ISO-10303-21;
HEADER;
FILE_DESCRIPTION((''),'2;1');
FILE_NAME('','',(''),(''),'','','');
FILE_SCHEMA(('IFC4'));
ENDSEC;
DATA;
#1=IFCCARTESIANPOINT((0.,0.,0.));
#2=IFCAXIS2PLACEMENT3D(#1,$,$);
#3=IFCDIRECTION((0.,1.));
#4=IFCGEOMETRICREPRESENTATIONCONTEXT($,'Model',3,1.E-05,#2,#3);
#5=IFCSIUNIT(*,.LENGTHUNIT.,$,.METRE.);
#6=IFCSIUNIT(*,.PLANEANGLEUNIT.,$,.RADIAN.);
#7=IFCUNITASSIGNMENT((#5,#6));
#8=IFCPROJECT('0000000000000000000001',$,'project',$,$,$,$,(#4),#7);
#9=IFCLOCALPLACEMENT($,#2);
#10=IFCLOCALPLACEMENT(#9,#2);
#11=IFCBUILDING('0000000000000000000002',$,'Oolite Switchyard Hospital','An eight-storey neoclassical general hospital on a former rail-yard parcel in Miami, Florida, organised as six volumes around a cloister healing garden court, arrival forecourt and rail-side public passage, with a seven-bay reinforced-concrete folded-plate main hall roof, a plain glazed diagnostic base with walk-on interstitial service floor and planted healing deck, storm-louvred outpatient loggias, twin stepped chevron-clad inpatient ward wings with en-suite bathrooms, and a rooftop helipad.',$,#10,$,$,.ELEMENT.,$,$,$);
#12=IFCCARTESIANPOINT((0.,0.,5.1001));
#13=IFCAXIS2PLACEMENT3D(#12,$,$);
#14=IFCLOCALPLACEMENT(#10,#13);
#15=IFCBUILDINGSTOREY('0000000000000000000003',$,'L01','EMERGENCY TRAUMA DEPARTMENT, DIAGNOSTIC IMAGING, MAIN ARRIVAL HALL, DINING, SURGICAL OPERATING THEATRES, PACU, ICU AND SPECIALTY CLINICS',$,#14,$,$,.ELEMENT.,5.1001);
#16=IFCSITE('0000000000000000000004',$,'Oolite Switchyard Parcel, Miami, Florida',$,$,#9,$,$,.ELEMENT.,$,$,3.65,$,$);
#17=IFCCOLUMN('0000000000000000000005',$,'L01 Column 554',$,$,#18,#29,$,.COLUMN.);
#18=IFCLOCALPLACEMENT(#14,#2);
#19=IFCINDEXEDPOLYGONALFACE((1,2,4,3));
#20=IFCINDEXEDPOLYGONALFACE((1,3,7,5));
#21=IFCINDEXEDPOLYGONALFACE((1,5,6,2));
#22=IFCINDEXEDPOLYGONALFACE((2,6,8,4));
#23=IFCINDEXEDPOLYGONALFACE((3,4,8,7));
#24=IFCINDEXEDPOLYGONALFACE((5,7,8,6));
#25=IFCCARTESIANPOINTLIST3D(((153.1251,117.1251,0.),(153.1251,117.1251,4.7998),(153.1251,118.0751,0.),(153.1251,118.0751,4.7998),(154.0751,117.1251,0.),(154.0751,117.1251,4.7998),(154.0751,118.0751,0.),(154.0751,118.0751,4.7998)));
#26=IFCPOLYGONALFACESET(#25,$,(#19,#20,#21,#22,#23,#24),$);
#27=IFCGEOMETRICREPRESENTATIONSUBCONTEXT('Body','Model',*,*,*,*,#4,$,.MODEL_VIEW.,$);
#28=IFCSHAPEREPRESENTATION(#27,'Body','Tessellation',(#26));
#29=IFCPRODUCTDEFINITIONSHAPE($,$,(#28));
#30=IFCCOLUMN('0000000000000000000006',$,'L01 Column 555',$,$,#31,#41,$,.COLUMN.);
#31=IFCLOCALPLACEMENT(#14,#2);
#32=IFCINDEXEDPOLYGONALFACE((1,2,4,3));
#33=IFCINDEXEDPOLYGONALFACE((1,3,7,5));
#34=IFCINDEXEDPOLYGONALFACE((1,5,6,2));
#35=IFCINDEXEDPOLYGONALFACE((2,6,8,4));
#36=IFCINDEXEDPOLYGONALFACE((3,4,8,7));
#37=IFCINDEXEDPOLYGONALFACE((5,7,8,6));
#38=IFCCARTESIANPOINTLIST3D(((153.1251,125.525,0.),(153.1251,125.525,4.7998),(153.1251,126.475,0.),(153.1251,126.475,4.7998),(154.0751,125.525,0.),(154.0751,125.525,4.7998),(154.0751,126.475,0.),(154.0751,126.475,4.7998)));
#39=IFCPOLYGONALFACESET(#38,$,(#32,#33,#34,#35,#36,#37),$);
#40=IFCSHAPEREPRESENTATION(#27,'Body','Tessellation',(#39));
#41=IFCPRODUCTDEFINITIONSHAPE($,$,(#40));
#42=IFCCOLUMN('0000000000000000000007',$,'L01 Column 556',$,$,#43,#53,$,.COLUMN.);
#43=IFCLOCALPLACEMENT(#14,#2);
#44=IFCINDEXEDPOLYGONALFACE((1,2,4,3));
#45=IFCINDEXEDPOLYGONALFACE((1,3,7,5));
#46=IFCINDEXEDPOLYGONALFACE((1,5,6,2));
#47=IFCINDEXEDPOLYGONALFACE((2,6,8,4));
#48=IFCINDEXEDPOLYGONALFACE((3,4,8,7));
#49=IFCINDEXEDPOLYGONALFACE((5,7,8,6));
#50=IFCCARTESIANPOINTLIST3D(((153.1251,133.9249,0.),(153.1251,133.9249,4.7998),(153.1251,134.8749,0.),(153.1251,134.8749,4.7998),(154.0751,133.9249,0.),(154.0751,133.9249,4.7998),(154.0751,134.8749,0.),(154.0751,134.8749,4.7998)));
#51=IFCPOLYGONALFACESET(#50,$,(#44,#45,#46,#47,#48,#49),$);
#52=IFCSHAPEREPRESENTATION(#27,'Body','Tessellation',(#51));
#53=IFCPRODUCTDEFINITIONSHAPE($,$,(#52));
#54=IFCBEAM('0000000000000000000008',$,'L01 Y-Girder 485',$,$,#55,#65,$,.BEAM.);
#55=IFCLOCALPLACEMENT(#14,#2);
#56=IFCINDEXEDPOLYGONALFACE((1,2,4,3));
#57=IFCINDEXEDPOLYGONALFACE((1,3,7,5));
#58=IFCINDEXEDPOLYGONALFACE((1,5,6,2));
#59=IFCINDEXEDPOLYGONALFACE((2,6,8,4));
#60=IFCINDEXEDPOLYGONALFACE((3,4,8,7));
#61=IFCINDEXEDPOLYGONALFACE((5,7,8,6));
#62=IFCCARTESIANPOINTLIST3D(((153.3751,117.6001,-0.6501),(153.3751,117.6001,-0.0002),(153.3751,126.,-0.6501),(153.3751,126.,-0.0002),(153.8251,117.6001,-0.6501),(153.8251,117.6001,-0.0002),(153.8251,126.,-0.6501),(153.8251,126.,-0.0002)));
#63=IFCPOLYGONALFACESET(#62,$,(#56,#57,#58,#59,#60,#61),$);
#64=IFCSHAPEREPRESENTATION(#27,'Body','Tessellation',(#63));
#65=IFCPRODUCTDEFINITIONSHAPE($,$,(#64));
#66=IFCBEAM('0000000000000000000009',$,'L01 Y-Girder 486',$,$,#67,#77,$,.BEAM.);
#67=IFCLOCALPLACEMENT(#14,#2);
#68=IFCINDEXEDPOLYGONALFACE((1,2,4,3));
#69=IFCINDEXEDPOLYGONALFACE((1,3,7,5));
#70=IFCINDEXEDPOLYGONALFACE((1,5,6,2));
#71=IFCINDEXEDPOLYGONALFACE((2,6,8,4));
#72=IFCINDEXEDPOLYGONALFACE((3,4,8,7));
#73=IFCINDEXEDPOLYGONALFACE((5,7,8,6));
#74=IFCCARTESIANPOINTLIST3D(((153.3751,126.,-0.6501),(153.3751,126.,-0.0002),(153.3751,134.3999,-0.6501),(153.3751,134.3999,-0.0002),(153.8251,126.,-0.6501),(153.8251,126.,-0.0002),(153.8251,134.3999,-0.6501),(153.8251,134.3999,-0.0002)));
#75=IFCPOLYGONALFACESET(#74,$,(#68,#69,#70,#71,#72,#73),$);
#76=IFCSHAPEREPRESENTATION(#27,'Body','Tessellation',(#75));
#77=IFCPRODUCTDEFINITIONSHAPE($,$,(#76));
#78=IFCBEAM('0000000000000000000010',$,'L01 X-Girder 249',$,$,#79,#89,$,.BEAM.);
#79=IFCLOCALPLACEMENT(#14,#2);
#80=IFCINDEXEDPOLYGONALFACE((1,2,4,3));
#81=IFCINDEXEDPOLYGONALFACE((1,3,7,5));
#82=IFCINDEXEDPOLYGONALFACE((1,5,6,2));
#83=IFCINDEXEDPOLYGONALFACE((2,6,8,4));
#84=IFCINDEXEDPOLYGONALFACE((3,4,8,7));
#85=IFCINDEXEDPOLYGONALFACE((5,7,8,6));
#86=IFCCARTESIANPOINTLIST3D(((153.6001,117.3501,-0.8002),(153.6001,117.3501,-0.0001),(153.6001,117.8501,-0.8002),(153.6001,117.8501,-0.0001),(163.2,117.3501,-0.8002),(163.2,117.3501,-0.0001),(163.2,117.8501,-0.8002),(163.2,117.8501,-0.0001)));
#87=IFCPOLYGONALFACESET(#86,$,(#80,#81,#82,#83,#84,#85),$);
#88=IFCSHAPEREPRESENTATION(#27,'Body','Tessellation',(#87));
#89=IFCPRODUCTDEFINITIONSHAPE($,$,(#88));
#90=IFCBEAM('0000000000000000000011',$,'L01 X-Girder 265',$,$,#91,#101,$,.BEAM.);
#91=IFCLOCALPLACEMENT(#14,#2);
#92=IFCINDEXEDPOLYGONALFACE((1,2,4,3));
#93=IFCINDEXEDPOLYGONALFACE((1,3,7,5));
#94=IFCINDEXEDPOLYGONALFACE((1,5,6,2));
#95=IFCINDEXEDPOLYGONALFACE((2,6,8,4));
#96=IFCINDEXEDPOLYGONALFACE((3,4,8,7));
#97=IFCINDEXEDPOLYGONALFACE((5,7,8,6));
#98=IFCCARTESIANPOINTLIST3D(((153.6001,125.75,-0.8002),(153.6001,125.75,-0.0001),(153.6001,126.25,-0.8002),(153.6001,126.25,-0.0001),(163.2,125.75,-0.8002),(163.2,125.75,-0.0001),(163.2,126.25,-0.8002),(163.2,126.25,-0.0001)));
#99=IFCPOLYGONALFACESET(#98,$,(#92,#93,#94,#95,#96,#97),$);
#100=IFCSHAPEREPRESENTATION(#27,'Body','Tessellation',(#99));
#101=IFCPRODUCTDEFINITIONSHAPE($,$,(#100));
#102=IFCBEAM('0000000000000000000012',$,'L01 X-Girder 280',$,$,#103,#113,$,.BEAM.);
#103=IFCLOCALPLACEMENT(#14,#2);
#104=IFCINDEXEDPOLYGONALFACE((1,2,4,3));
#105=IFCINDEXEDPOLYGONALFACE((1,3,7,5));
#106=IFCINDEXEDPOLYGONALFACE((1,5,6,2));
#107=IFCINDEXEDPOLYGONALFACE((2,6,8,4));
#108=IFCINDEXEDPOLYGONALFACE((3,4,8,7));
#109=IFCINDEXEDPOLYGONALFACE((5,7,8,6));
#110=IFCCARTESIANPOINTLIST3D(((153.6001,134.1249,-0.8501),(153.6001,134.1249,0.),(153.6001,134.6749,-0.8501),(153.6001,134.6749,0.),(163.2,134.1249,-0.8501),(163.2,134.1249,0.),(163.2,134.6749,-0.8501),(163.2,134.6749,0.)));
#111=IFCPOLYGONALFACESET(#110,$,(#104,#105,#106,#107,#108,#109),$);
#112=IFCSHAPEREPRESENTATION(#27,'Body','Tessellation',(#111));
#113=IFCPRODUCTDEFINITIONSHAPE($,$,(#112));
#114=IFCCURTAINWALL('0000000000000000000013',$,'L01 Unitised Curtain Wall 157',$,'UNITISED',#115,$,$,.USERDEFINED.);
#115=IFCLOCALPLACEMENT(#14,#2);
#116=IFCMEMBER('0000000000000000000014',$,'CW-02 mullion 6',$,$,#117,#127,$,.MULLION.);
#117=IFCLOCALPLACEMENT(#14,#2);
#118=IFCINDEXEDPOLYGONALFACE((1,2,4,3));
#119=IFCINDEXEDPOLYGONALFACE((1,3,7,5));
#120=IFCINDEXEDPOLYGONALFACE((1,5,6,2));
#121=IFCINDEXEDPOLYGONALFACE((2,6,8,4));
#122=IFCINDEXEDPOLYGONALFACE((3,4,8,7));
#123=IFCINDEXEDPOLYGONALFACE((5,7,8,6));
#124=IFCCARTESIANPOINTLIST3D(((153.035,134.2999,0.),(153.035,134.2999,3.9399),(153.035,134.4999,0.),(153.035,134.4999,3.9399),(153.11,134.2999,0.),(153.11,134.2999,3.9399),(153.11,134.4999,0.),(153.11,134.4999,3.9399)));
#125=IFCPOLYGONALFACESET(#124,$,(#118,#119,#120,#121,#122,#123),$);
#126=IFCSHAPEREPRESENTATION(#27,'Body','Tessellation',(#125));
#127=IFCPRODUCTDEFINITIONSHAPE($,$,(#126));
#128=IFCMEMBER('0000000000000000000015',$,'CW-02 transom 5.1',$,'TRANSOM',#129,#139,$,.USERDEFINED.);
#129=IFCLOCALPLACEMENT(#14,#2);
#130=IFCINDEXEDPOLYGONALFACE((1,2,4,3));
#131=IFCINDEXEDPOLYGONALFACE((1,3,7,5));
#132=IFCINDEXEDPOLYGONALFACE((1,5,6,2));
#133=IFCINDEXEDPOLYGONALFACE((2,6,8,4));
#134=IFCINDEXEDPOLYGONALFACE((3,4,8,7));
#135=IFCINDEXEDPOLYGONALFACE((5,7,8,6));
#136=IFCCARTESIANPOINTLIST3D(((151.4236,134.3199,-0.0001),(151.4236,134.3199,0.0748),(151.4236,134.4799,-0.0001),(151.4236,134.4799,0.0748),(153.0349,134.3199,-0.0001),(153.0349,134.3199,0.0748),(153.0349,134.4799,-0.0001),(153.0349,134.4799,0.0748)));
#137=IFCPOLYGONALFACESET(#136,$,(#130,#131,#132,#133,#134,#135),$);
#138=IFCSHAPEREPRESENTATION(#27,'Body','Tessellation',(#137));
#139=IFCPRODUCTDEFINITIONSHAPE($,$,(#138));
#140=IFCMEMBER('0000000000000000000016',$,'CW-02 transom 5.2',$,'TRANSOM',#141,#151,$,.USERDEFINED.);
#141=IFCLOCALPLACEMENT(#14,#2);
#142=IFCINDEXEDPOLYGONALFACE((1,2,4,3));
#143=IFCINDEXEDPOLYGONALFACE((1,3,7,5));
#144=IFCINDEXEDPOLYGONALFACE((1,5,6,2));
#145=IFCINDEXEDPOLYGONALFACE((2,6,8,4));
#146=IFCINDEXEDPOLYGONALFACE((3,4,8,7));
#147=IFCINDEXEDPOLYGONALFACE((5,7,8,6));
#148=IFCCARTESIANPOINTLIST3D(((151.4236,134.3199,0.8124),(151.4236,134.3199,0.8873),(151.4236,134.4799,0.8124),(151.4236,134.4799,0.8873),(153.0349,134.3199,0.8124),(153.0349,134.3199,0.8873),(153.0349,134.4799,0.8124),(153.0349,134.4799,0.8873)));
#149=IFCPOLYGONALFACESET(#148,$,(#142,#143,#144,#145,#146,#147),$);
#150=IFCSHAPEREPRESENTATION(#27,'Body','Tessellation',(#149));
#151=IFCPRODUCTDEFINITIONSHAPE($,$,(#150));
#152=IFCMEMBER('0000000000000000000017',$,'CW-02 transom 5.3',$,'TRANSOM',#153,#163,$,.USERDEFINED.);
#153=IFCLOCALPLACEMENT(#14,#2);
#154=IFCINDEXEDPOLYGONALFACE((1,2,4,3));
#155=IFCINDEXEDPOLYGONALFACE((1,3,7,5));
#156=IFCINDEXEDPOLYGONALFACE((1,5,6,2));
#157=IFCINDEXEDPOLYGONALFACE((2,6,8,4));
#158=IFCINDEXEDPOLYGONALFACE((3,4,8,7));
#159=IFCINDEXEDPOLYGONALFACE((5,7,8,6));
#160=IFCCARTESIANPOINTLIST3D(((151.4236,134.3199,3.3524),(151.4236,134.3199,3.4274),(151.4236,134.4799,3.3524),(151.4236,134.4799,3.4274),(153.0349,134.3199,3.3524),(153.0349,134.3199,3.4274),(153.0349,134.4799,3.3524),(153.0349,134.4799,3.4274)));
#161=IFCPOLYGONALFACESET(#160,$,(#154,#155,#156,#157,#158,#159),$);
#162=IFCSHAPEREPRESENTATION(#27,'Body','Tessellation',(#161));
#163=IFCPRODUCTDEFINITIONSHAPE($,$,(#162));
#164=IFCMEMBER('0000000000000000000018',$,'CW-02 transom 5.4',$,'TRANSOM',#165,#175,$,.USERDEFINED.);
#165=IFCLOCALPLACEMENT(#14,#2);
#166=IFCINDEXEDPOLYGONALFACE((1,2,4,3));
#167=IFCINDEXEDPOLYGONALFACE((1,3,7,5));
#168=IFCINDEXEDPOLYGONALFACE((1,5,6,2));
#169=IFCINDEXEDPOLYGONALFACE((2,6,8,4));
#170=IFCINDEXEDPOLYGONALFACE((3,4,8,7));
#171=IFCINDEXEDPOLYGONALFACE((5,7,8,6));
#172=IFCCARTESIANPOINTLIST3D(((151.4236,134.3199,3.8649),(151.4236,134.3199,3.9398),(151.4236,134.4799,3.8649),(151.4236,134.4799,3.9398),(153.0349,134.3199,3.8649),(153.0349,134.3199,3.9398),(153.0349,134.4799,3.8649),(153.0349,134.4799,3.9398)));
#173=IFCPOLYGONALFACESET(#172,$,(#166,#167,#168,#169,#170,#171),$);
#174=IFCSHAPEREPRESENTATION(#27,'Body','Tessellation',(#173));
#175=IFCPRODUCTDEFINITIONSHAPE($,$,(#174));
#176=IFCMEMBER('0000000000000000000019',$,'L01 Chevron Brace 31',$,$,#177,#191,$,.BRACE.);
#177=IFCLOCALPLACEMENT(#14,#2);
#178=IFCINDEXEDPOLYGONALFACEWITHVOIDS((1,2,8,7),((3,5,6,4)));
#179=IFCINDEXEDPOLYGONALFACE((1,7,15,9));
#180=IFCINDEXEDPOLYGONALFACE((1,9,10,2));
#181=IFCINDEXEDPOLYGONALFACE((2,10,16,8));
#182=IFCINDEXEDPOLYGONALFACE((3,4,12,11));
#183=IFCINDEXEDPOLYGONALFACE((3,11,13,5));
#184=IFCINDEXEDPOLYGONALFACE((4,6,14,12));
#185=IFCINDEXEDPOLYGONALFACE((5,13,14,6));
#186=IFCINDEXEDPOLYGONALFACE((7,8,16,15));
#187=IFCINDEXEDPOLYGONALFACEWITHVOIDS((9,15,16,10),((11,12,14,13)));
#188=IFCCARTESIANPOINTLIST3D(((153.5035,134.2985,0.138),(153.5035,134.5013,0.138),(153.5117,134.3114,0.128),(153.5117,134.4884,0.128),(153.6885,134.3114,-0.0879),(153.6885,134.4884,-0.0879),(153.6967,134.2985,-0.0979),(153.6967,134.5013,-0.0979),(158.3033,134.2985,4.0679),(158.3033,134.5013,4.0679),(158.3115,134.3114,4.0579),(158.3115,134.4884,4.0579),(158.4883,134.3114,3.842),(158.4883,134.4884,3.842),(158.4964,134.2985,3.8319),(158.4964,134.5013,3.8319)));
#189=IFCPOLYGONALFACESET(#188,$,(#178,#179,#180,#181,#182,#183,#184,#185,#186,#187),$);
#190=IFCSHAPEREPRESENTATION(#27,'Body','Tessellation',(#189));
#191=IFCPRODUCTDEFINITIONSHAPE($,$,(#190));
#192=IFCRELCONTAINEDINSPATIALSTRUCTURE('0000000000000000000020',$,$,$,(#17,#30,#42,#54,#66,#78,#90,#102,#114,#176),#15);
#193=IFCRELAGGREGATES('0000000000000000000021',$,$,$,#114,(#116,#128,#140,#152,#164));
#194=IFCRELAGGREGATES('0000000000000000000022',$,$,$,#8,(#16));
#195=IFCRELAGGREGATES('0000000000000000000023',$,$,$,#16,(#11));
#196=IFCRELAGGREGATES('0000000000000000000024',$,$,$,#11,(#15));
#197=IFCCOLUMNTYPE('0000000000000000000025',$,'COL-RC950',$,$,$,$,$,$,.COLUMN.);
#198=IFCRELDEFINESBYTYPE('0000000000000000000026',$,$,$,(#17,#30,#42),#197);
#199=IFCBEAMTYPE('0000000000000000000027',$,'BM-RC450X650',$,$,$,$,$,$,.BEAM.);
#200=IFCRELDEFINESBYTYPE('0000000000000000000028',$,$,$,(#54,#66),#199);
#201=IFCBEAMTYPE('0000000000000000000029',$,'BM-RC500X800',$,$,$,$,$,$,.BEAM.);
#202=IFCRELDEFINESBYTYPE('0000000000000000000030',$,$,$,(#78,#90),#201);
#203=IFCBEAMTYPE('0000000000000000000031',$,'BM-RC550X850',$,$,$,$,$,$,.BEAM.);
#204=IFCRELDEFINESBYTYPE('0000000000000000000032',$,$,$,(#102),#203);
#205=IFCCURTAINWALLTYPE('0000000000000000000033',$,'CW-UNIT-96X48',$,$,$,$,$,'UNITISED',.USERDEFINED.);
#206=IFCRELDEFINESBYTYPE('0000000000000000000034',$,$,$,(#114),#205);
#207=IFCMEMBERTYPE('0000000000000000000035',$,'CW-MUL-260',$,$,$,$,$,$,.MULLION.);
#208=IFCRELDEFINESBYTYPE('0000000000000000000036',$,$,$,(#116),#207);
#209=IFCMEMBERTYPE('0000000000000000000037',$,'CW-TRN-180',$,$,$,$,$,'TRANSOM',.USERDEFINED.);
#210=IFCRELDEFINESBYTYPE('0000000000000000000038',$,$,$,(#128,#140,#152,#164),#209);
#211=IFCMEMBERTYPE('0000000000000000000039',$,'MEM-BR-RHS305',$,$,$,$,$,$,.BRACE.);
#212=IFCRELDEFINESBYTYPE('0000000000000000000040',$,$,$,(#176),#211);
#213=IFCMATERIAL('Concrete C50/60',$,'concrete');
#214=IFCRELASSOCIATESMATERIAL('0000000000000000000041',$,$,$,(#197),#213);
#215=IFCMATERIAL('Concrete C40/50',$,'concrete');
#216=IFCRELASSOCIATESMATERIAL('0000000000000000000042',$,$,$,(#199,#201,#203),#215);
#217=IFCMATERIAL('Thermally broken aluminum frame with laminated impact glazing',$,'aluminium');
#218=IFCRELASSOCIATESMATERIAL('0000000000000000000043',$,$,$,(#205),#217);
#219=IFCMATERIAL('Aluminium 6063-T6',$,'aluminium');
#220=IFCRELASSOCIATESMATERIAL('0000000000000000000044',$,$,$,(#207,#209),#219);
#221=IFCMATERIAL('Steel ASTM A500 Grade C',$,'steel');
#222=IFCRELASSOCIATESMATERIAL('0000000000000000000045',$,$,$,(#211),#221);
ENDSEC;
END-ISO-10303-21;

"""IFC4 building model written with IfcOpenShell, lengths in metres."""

from ifc_helpers import new_model, si_unit, direction, frame, origin, origin_2d, place, context, subcontext, project, spatial, rectangle, hollow_rectangle, extrude, material, material_profile, profile_set, type_object, element, aggregate, save


model = new_model("IFC4")

# Units and contexts
model_context = context("Model", 3, precision=1e-05, world=origin(), true_north=direction((0.0, 1.0)))
body_context = subcontext(model_context, "Body", "Model", "MODEL_VIEW")
ifc_project = project(units=[si_unit("LENGTHUNIT", "METRE"), si_unit("PLANEANGLEUNIT", "RADIAN")], contexts=[model_context])

# Site, building, storey
site_placement = place(None, origin())
site = spatial("IfcSite", under=ifc_project, at=site_placement, Name="Oolite Switchyard Parcel, Miami, Florida", CompositionType="ELEMENT", RefElevation=3.65)
building_placement = place(site_placement, origin())
building = spatial("IfcBuilding", under=site, at=building_placement, Name="Oolite Switchyard Hospital", Description="An eight-storey neoclassical general hospital on a former rail-yard parcel in Miami, Florida, organised as six volumes around a cloister healing garden court, arrival forecourt and rail-side public passage, with a seven-bay reinforced-concrete folded-plate main hall roof, a plain glazed diagnostic base with walk-on interstitial service floor and planted healing deck, storm-louvred outpatient loggias, twin stepped chevron-clad inpatient ward wings with en-suite bathrooms, and a rooftop helipad.", CompositionType="ELEMENT")
storey_placement = place(building_placement, frame((0.0, 0.0, 5.1001)))
storey = spatial("IfcBuildingStorey", under=building, at=storey_placement, Name="L01", Description="EMERGENCY TRAUMA DEPARTMENT, DIAGNOSTIC IMAGING, MAIN ARRIVAL HALL, DINING, SURGICAL OPERATING THEATRES, PACU, ICU AND SPECIALTY CLINICS", CompositionType="ELEMENT", Elevation=5.1001)

# Columns
ifc_material_1 = material(Name="Concrete C50/60", Category="concrete")
ifc_material_profile_1 = material_profile(ifc_material_1, rectangle(XDim=0.95, YDim=0.95, at=origin_2d()), Name="RC950X950")
ifc_profile_set_1 = profile_set([ifc_material_profile_1], Name="Concrete C50/60")
column_type = type_object("IfcColumnType", Name="COL-RC950", PredefinedType="COLUMN", material=ifc_profile_set_1)
for number, where, z_axis, x_axis, name in (
    (1, (153.6001, 117.6001, 0.0), (0.0, 0.0, 1.0), (1.0, 0.0, 0.0), "L01 Column 554"),
    (2, (153.6001, 126.0, 0.0), (0.0, 0.0, 1.0), (1.0, 0.0, 0.0), "L01 Column 555"),
    (3, (153.6001, 134.3999, 0.0), (0.0, 0.0, 1.0), (1.0, 0.0, 0.0), "L01 Column 556"),
):
    element("IfcColumn", number, at=place(storey_placement, frame(where, z_axis=z_axis, x_axis=x_axis)), inside=storey, type_object=column_type, Name=name, PredefinedType="COLUMN", context=body_context, shape_type="SweptSolid", body=[
        extrude(rectangle(XDim=0.95, YDim=0.95, at=origin_2d()), origin(), (0.0, 0.0, 1.0), 4.7998),
    ])

# Beams
ifc_material_2 = material(Name="Concrete C40/50", Category="concrete")
ifc_material_profile_2 = material_profile(ifc_material_2, rectangle(XDim=0.45, YDim=0.6499, at=origin_2d()), Name="RCB450X650")
ifc_profile_set_2 = profile_set([ifc_material_profile_2], Name="Concrete C40/50")
beam_type_1 = type_object("IfcBeamType", Name="BM-RC450X650", PredefinedType="BEAM", material=ifc_profile_set_2)
for number, where, z_axis, x_axis, name in (
    (4, (153.6001, 117.6001, -0.3252), (0.0, 1.0, 0.0), (-1.0, 0.0, 0.0), "L01 Y-Girder 485"),
    (5, (153.6001, 126.0, -0.3252), (0.0, 1.0, 0.0), (-1.0, 0.0, 0.0), "L01 Y-Girder 486"),
):
    element("IfcBeam", number, at=place(storey_placement, frame(where, z_axis=z_axis, x_axis=x_axis)), inside=storey, type_object=beam_type_1, Name=name, PredefinedType="BEAM", context=body_context, shape_type="SweptSolid", body=[
        extrude(rectangle(XDim=0.45, YDim=0.6499, at=origin_2d()), origin(), (0.0, 0.0, 1.0), 8.3999),
    ])
ifc_material_profile_3 = material_profile(ifc_material_2, rectangle(XDim=0.5, YDim=0.8, at=origin_2d()), Name="RCB500X800")
ifc_profile_set_3 = profile_set([ifc_material_profile_3], Name="Concrete C40/50")
beam_type_2 = type_object("IfcBeamType", Name="BM-RC500X800", PredefinedType="BEAM", material=ifc_profile_set_3)
for number, where, z_axis, x_axis, name in (
    (6, (153.6001, 117.6001, -0.4001), (1.0, 0.0, 0.0), (0.0, 1.0, 0.0), "L01 X-Girder 249"),
    (7, (153.6001, 126.0, -0.4001), (1.0, 0.0, 0.0), (0.0, 1.0, 0.0), "L01 X-Girder 265"),
):
    element("IfcBeam", number, at=place(storey_placement, frame(where, z_axis=z_axis, x_axis=x_axis)), inside=storey, type_object=beam_type_2, Name=name, PredefinedType="BEAM", context=body_context, shape_type="SweptSolid", body=[
        extrude(rectangle(XDim=0.5, YDim=0.8, at=origin_2d()), origin(), (0.0, 0.0, 1.0), 9.5999),
    ])
ifc_material_profile_4 = material_profile(ifc_material_2, rectangle(XDim=0.55, YDim=0.8501, at=origin_2d()), Name="RCB550X850")
ifc_profile_set_4 = profile_set([ifc_material_profile_4], Name="Concrete C40/50")
beam_type_3 = type_object("IfcBeamType", Name="BM-RC550X850", PredefinedType="BEAM", material=ifc_profile_set_4)
beam_placement = place(storey_placement, frame((153.6001, 134.3999, -0.425), z_axis=(1.0, 0.0, 0.0), x_axis=(0.0, 1.0, 0.0)))
element("IfcBeam", 8, at=beam_placement, inside=storey, type_object=beam_type_3, Name="L01 X-Girder 280", PredefinedType="BEAM", context=body_context, shape_type="SweptSolid", body=[
    extrude(rectangle(XDim=0.55, YDim=0.8501, at=origin_2d()), origin(), (0.0, 0.0, 1.0), 9.5999),
])

# Curtain wall, members
ifc_material_3 = material(Name="Thermally broken aluminum frame with laminated impact glazing", Category="aluminium")
curtain_wall_type = type_object("IfcCurtainWallType", Name="CW-UNIT-96X48", ElementType="UNITISED", PredefinedType="USERDEFINED", material=ifc_material_3)
curtain_wall_placement = place(storey_placement, origin())
curtain_wall = element("IfcCurtainWall", 9, at=curtain_wall_placement, inside=storey, type_object=curtain_wall_type, Name="L01 Unitised Curtain Wall 157", ObjectType="UNITISED", PredefinedType="USERDEFINED")
ifc_material_4 = material(Name="Aluminium 6063-T6", Category="aluminium")
ifc_material_profile_5 = material_profile(ifc_material_4, rectangle(XDim=0.2, YDim=0.075, at=origin_2d()), Name="CWM75X200")
ifc_profile_set_5 = profile_set([ifc_material_profile_5], Name="Aluminium 6063-T6")
member_type_1 = type_object("IfcMemberType", Name="CW-MUL-260", PredefinedType="MULLION", material=ifc_profile_set_5)
member_1_placement = place(storey_placement, frame((153.0725, 134.3999, 0.0), z_axis=(0.0, 0.0, 1.0), x_axis=(0.0, 1.0, 0.0)))
member_1 = element("IfcMember", 10, at=member_1_placement, type_object=member_type_1, Name="CW-02 mullion 6", PredefinedType="MULLION", context=body_context, shape_type="SweptSolid", body=[
    extrude(rectangle(XDim=0.2, YDim=0.075, at=origin_2d()), origin(), (0.0, 0.0, 1.0), 3.9399),
])
ifc_material_profile_6 = material_profile(ifc_material_4, rectangle(XDim=0.1599, YDim=0.075, at=origin_2d()), Name="CWT75X160")
ifc_profile_set_6 = profile_set([ifc_material_profile_6], Name="Aluminium 6063-T6")
member_type_2 = type_object("IfcMemberType", Name="CW-TRN-180", ElementType="TRANSOM", PredefinedType="USERDEFINED", material=ifc_profile_set_6)
member_2_placement = place(storey_placement, frame((151.4236, 134.3999, 0.0374), z_axis=(1.0, 0.0, 0.0), x_axis=(0.0, 1.0, 0.0)))
member_2 = element("IfcMember", 11, at=member_2_placement, type_object=member_type_2, Name="CW-02 transom 5.1", ObjectType="TRANSOM", PredefinedType="USERDEFINED", context=body_context, shape_type="SweptSolid", body=[
    extrude(rectangle(XDim=0.1599, YDim=0.075, at=origin_2d()), origin(), (0.0, 0.0, 1.0), 1.6113),
])
member_3_placement = place(storey_placement, frame((151.4236, 134.3999, 0.8499), z_axis=(1.0, 0.0, 0.0), x_axis=(0.0, 1.0, 0.0)))
member_3 = element("IfcMember", 12, at=member_3_placement, type_object=member_type_2, Name="CW-02 transom 5.2", ObjectType="TRANSOM", PredefinedType="USERDEFINED", context=body_context, shape_type="SweptSolid", body=[
    extrude(rectangle(XDim=0.1599, YDim=0.075, at=origin_2d()), origin(), (0.0, 0.0, 1.0), 1.6113),
])
member_4_placement = place(storey_placement, frame((151.4236, 134.3999, 3.3899), z_axis=(1.0, 0.0, 0.0), x_axis=(0.0, 1.0, 0.0)))
member_4 = element("IfcMember", 13, at=member_4_placement, type_object=member_type_2, Name="CW-02 transom 5.3", ObjectType="TRANSOM", PredefinedType="USERDEFINED", context=body_context, shape_type="SweptSolid", body=[
    extrude(rectangle(XDim=0.1599, YDim=0.075, at=origin_2d()), origin(), (0.0, 0.0, 1.0), 1.6113),
])
member_5_placement = place(storey_placement, frame((151.4236, 134.3999, 3.9023), z_axis=(1.0, 0.0, 0.0), x_axis=(0.0, 1.0, 0.0)))
member_5 = element("IfcMember", 14, at=member_5_placement, type_object=member_type_2, Name="CW-02 transom 5.4", ObjectType="TRANSOM", PredefinedType="USERDEFINED", context=body_context, shape_type="SweptSolid", body=[
    extrude(rectangle(XDim=0.1599, YDim=0.075, at=origin_2d()), origin(), (0.0, 0.0, 1.0), 1.6113),
])

# Member
ifc_material_5 = material(Name="Steel ASTM A500 Grade C", Category="steel")
ifc_material_profile_7 = material_profile(ifc_material_5, hollow_rectangle(XDim=0.2029, YDim=0.3049, WallThickness=0.0129, at=origin_2d()), Name="HSS305X203X13")
ifc_profile_set_7 = profile_set([ifc_material_profile_7], Name="Steel ASTM A500 Grade C")
member_type_3 = type_object("IfcMemberType", Name="MEM-BR-RHS305", PredefinedType="BRACE", material=ifc_profile_set_7)
member_6_placement = place(storey_placement, frame((153.6001, 134.3999, 0.02), z_axis=(0.773735, 0.0, 0.63351), x_axis=(0.0, 1.0, 0.0)))
element("IfcMember", 15, at=member_6_placement, inside=storey, type_object=member_type_3, Name="L01 Chevron Brace 31", PredefinedType="BRACE", context=body_context, shape_type="SweptSolid", body=[
    extrude(hollow_rectangle(XDim=0.2029, YDim=0.3049, WallThickness=0.0129, at=origin_2d()), origin(), (0.0, 0.0, 1.0), 6.2034),
])

aggregate(curtain_wall, [member_1, member_2, member_3, member_4, member_5])

save(model, "model.ifc")
